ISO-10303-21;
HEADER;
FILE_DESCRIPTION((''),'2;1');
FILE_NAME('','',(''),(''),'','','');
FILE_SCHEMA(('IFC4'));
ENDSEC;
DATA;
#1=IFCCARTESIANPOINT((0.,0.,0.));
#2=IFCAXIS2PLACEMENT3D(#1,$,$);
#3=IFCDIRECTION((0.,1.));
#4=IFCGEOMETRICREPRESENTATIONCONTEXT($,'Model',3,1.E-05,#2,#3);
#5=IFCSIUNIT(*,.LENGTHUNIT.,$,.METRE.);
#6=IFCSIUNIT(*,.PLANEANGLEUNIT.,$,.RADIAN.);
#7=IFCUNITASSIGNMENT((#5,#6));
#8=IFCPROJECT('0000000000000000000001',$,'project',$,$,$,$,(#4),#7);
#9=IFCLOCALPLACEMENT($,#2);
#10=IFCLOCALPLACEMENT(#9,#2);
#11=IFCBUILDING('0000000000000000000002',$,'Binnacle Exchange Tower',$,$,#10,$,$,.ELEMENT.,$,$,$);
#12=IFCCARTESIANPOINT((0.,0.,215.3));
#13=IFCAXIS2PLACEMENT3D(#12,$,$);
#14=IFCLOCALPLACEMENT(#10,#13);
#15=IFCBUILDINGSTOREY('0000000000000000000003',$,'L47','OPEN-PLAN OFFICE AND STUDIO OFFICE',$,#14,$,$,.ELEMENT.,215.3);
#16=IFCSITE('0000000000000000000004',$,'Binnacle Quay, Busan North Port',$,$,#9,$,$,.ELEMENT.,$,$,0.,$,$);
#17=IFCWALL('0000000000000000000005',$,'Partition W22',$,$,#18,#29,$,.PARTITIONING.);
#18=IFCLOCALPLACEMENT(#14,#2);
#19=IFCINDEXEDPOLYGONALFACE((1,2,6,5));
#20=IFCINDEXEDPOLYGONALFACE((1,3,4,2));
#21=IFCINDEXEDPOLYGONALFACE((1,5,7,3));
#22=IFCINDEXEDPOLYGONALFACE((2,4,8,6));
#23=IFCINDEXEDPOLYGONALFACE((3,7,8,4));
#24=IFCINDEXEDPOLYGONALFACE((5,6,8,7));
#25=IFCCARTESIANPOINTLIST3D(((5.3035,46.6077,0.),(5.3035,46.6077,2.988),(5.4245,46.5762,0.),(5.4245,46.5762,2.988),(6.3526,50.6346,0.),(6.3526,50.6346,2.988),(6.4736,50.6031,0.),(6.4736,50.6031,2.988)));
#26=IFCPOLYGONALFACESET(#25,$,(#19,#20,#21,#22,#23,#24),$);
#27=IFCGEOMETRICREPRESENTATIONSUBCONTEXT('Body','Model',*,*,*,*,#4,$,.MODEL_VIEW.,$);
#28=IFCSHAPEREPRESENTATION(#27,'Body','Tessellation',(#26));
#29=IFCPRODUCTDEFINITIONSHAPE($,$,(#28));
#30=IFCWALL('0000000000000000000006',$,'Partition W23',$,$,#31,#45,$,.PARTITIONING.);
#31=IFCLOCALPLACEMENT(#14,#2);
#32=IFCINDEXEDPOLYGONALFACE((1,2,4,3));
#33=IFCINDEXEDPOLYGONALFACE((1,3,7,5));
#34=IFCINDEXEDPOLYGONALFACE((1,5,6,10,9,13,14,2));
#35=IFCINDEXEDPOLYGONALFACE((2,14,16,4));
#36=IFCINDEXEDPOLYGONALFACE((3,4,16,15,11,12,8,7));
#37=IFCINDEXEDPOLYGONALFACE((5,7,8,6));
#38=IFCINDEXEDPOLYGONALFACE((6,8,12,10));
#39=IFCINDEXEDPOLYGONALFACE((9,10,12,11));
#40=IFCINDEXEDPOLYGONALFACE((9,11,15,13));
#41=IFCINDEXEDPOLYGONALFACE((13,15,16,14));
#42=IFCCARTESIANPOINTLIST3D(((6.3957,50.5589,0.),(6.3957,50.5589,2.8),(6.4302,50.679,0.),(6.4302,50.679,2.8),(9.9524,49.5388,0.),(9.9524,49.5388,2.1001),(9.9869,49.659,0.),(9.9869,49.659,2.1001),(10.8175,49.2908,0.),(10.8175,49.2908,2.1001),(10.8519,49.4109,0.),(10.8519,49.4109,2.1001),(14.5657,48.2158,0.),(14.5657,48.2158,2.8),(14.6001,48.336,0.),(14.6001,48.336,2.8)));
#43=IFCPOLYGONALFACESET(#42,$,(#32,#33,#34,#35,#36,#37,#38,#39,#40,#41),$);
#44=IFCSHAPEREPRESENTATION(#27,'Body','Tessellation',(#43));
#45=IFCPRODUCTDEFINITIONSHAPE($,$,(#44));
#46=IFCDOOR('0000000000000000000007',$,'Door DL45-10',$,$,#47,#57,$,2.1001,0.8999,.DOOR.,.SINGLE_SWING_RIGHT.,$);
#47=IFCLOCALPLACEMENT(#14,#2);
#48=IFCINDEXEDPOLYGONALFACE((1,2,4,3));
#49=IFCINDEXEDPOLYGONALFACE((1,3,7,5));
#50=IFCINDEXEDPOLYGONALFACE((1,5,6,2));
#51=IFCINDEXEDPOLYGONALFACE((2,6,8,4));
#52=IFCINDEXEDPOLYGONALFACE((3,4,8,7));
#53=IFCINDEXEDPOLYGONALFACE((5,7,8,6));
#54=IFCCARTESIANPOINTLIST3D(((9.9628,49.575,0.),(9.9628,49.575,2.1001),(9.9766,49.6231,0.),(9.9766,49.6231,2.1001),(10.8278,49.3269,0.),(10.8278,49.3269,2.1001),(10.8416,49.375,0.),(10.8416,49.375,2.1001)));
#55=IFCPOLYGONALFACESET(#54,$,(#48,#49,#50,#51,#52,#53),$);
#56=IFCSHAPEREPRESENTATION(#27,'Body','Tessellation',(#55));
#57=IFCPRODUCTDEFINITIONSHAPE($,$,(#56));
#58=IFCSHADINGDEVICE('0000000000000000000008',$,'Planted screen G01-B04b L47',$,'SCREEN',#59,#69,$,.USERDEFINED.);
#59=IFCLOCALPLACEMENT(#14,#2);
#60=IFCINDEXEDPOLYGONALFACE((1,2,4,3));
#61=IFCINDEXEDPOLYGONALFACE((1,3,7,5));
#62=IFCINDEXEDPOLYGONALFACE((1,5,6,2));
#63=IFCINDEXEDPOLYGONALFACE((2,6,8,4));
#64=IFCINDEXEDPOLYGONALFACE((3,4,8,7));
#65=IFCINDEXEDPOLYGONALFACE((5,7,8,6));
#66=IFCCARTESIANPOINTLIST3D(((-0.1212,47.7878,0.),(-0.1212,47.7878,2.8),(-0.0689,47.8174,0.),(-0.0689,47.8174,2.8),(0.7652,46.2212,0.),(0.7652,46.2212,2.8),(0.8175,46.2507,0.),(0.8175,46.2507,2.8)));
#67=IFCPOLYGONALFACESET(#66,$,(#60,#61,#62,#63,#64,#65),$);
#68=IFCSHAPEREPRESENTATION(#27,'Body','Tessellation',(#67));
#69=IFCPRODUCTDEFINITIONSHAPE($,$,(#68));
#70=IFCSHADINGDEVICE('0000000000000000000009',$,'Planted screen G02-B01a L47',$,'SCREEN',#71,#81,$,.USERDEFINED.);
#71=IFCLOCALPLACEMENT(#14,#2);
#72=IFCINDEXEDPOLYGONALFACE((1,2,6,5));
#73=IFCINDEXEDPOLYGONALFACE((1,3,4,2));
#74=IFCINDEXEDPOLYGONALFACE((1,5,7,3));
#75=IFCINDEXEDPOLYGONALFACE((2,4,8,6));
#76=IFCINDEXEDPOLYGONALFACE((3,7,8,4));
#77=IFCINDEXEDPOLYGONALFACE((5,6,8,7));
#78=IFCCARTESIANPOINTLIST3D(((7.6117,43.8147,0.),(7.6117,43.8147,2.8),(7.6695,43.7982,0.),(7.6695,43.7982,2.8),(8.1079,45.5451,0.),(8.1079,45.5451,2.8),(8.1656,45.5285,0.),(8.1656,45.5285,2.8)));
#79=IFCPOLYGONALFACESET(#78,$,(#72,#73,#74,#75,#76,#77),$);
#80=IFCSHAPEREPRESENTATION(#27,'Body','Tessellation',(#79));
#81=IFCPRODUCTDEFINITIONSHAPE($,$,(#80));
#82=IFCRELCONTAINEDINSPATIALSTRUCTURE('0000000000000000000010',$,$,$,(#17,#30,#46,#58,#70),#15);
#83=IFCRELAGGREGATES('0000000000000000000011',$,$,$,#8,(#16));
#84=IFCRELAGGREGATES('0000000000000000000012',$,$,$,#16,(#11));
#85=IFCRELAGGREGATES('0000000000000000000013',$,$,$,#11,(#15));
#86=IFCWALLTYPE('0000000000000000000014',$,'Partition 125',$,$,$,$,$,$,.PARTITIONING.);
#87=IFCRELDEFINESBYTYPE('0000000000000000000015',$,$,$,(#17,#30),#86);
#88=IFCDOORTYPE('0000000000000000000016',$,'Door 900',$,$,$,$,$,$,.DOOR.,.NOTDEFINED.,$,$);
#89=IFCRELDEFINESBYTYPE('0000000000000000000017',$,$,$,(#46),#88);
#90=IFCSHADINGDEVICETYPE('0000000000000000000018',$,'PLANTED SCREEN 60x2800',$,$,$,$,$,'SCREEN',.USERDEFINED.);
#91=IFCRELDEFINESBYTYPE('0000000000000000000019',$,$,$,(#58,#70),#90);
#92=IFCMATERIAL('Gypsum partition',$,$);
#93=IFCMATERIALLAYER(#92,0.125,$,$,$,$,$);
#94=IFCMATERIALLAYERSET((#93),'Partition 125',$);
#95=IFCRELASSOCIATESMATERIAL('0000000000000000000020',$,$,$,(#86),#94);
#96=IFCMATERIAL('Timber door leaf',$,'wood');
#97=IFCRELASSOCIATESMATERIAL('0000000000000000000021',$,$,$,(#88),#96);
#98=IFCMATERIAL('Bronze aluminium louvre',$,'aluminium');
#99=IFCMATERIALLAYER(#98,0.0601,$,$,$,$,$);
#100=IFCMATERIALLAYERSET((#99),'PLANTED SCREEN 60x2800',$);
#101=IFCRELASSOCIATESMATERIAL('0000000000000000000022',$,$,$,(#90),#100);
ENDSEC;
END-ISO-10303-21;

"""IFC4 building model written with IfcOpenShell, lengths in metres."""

from ifc_helpers import new_model, si_unit, direction, frame, frame_2d, origin, origin_2d, place, context, subcontext, project, spatial, rectangle, extrude, material, layer, layer_set, type_object, element, fill, save


model = new_model("IFC4")

# Units and contexts
model_context = context("Model", 3, precision=1e-05, world=origin(), true_north=direction((0.0, 1.0)))
body_context = subcontext(model_context, "Body", "Model", "MODEL_VIEW")
ifc_project = project(units=[si_unit("LENGTHUNIT", "METRE"), si_unit("PLANEANGLEUNIT", "RADIAN")], contexts=[model_context])

# Site, building, storey
site_placement = place(None, origin())
site = spatial("IfcSite", under=ifc_project, at=site_placement, Name="Binnacle Quay, Busan North Port", CompositionType="ELEMENT", RefElevation=0.0)
building_placement = place(site_placement, origin())
building = spatial("IfcBuilding", under=site, at=building_placement, Name="Binnacle Exchange Tower", CompositionType="ELEMENT")
storey_placement = place(building_placement, frame((0.0, 0.0, 215.3)))
storey = spatial("IfcBuildingStorey", under=building, at=storey_placement, Name="L47", Description="OPEN-PLAN OFFICE AND STUDIO OFFICE", CompositionType="ELEMENT", Elevation=215.3)

# Wall
ifc_material_1 = material(Name="Gypsum partition")
ifc_layer_1 = layer(ifc_material_1, 0.125)
ifc_layer_set_1 = layer_set([ifc_layer_1], Name="Partition 125")
wall_type = type_object("IfcWallType", Name="Partition 125", PredefinedType="PARTITIONING", material=ifc_layer_set_1)
wall_1_placement = place(storey_placement, frame((5.364, 46.592, 0.0), z_axis=(0.0, 0.0, 1.0), x_axis=(0.252104, 0.9677, 0.0)))
element("IfcWall", 1, at=wall_1_placement, inside=storey, type_object=wall_type, Name="Partition W22", PredefinedType="PARTITIONING", context=body_context, shape_type="SweptSolid", body=[
    extrude(rectangle(XDim=4.1614, YDim=0.125, at=frame_2d((2.0806, 0.0))), origin(), (0.0, 0.0, 1.0), 2.988),
])

# Wall, opening, door
wall_2_placement = place(storey_placement, frame((6.4131, 50.6189, 0.0), z_axis=(0.0, 0.0, 1.0), x_axis=(0.961251, -0.275673, 0.0)))
wall_2 = element("IfcWall", 2, at=wall_2_placement, inside=storey, type_object=wall_type, Name="Partition W23", PredefinedType="PARTITIONING", context=body_context, shape_type="SweptSolid", body=[
    extrude(rectangle(XDim=8.4993, YDim=0.125, at=frame_2d((4.2495, 0.0))), origin(), (0.0, 0.0, 1.0), 2.8),
])
opening_placement = place(wall_2_placement, frame((3.7, 0.0, 0.0)))
opening = element("IfcOpeningElement", 3, at=opening_placement, cuts=wall_2, PredefinedType="OPENING", context=body_context, shape_type="SweptSolid", body=[
    extrude(rectangle(XDim=0.8999, YDim=2.1001, at=frame_2d((0.45, 1.05))), frame((0.0, 0.0725, 0.0), z_axis=(0.0, -1.0, 0.0), x_axis=(1.0, 0.0, 0.0)), (0.0, 0.0, 1.0), 0.145),
])
ifc_material_2 = material(Name="Timber door leaf", Category="wood")
door_type = type_object("IfcDoorType", Name="Door 900", OperationType="NOTDEFINED", PredefinedType="DOOR", material=ifc_material_2)
door_placement = place(opening_placement, frame((0.8999, 0.0, 0.0), z_axis=(0.0, 0.0, 1.0), x_axis=(-1.0, 0.0, 0.0)))
door = element("IfcDoor", 4, at=door_placement, inside=storey, type_object=door_type, Name="Door DL45-10", OperationType="SINGLE_SWING_RIGHT", OverallHeight=2.1001, OverallWidth=0.8999, PredefinedType="DOOR", context=body_context, shape_type="SweptSolid", body=[
    extrude(rectangle(XDim=0.8999, YDim=2.1001, at=frame_2d((0.45, 1.05))), frame((0.0, 0.0249, 0.0), z_axis=(0.0, -1.0, 0.0), x_axis=(1.0, 0.0, 0.0)), (0.0, 0.0, 1.0), 0.05),
])
fill(opening, door)

# Shading devices
ifc_material_3 = material(Name="Bronze aluminium louvre", Category="aluminium")
ifc_layer_2 = layer(ifc_material_3, 0.0601)
ifc_layer_set_2 = layer_set([ifc_layer_2], Name="PLANTED SCREEN 60x2800")
shading_device_type = type_object("IfcShadingDeviceType", Name="PLANTED SCREEN 60x2800", ElementType="SCREEN", PredefinedType="USERDEFINED", material=ifc_layer_set_2)
for number, where, z_axis, x_axis, name in (
    (5, (0.3481, 47.0193, 0.0), (0.0, 0.0, 1.0), (0.870356, 0.492424, 0.0), "Planted screen G01-B04b L47"),
    (6, (7.8887, 44.6716, 0.0), (0.0, 0.0, 1.0), (0.961262, -0.275637, 0.0), "Planted screen G02-B01a L47"),
):
    element("IfcShadingDevice", number, at=place(storey_placement, frame(where, z_axis=z_axis, x_axis=x_axis)), inside=storey, type_object=shading_device_type, Name=name, ObjectType="SCREEN", PredefinedType="USERDEFINED", context=body_context, shape_type="SweptSolid", body=[
        extrude(rectangle(XDim=0.0601, YDim=1.8, at=origin_2d()), origin(), (0.0, 0.0, 1.0), 2.8),
    ])

save(model, "model.ifc")
